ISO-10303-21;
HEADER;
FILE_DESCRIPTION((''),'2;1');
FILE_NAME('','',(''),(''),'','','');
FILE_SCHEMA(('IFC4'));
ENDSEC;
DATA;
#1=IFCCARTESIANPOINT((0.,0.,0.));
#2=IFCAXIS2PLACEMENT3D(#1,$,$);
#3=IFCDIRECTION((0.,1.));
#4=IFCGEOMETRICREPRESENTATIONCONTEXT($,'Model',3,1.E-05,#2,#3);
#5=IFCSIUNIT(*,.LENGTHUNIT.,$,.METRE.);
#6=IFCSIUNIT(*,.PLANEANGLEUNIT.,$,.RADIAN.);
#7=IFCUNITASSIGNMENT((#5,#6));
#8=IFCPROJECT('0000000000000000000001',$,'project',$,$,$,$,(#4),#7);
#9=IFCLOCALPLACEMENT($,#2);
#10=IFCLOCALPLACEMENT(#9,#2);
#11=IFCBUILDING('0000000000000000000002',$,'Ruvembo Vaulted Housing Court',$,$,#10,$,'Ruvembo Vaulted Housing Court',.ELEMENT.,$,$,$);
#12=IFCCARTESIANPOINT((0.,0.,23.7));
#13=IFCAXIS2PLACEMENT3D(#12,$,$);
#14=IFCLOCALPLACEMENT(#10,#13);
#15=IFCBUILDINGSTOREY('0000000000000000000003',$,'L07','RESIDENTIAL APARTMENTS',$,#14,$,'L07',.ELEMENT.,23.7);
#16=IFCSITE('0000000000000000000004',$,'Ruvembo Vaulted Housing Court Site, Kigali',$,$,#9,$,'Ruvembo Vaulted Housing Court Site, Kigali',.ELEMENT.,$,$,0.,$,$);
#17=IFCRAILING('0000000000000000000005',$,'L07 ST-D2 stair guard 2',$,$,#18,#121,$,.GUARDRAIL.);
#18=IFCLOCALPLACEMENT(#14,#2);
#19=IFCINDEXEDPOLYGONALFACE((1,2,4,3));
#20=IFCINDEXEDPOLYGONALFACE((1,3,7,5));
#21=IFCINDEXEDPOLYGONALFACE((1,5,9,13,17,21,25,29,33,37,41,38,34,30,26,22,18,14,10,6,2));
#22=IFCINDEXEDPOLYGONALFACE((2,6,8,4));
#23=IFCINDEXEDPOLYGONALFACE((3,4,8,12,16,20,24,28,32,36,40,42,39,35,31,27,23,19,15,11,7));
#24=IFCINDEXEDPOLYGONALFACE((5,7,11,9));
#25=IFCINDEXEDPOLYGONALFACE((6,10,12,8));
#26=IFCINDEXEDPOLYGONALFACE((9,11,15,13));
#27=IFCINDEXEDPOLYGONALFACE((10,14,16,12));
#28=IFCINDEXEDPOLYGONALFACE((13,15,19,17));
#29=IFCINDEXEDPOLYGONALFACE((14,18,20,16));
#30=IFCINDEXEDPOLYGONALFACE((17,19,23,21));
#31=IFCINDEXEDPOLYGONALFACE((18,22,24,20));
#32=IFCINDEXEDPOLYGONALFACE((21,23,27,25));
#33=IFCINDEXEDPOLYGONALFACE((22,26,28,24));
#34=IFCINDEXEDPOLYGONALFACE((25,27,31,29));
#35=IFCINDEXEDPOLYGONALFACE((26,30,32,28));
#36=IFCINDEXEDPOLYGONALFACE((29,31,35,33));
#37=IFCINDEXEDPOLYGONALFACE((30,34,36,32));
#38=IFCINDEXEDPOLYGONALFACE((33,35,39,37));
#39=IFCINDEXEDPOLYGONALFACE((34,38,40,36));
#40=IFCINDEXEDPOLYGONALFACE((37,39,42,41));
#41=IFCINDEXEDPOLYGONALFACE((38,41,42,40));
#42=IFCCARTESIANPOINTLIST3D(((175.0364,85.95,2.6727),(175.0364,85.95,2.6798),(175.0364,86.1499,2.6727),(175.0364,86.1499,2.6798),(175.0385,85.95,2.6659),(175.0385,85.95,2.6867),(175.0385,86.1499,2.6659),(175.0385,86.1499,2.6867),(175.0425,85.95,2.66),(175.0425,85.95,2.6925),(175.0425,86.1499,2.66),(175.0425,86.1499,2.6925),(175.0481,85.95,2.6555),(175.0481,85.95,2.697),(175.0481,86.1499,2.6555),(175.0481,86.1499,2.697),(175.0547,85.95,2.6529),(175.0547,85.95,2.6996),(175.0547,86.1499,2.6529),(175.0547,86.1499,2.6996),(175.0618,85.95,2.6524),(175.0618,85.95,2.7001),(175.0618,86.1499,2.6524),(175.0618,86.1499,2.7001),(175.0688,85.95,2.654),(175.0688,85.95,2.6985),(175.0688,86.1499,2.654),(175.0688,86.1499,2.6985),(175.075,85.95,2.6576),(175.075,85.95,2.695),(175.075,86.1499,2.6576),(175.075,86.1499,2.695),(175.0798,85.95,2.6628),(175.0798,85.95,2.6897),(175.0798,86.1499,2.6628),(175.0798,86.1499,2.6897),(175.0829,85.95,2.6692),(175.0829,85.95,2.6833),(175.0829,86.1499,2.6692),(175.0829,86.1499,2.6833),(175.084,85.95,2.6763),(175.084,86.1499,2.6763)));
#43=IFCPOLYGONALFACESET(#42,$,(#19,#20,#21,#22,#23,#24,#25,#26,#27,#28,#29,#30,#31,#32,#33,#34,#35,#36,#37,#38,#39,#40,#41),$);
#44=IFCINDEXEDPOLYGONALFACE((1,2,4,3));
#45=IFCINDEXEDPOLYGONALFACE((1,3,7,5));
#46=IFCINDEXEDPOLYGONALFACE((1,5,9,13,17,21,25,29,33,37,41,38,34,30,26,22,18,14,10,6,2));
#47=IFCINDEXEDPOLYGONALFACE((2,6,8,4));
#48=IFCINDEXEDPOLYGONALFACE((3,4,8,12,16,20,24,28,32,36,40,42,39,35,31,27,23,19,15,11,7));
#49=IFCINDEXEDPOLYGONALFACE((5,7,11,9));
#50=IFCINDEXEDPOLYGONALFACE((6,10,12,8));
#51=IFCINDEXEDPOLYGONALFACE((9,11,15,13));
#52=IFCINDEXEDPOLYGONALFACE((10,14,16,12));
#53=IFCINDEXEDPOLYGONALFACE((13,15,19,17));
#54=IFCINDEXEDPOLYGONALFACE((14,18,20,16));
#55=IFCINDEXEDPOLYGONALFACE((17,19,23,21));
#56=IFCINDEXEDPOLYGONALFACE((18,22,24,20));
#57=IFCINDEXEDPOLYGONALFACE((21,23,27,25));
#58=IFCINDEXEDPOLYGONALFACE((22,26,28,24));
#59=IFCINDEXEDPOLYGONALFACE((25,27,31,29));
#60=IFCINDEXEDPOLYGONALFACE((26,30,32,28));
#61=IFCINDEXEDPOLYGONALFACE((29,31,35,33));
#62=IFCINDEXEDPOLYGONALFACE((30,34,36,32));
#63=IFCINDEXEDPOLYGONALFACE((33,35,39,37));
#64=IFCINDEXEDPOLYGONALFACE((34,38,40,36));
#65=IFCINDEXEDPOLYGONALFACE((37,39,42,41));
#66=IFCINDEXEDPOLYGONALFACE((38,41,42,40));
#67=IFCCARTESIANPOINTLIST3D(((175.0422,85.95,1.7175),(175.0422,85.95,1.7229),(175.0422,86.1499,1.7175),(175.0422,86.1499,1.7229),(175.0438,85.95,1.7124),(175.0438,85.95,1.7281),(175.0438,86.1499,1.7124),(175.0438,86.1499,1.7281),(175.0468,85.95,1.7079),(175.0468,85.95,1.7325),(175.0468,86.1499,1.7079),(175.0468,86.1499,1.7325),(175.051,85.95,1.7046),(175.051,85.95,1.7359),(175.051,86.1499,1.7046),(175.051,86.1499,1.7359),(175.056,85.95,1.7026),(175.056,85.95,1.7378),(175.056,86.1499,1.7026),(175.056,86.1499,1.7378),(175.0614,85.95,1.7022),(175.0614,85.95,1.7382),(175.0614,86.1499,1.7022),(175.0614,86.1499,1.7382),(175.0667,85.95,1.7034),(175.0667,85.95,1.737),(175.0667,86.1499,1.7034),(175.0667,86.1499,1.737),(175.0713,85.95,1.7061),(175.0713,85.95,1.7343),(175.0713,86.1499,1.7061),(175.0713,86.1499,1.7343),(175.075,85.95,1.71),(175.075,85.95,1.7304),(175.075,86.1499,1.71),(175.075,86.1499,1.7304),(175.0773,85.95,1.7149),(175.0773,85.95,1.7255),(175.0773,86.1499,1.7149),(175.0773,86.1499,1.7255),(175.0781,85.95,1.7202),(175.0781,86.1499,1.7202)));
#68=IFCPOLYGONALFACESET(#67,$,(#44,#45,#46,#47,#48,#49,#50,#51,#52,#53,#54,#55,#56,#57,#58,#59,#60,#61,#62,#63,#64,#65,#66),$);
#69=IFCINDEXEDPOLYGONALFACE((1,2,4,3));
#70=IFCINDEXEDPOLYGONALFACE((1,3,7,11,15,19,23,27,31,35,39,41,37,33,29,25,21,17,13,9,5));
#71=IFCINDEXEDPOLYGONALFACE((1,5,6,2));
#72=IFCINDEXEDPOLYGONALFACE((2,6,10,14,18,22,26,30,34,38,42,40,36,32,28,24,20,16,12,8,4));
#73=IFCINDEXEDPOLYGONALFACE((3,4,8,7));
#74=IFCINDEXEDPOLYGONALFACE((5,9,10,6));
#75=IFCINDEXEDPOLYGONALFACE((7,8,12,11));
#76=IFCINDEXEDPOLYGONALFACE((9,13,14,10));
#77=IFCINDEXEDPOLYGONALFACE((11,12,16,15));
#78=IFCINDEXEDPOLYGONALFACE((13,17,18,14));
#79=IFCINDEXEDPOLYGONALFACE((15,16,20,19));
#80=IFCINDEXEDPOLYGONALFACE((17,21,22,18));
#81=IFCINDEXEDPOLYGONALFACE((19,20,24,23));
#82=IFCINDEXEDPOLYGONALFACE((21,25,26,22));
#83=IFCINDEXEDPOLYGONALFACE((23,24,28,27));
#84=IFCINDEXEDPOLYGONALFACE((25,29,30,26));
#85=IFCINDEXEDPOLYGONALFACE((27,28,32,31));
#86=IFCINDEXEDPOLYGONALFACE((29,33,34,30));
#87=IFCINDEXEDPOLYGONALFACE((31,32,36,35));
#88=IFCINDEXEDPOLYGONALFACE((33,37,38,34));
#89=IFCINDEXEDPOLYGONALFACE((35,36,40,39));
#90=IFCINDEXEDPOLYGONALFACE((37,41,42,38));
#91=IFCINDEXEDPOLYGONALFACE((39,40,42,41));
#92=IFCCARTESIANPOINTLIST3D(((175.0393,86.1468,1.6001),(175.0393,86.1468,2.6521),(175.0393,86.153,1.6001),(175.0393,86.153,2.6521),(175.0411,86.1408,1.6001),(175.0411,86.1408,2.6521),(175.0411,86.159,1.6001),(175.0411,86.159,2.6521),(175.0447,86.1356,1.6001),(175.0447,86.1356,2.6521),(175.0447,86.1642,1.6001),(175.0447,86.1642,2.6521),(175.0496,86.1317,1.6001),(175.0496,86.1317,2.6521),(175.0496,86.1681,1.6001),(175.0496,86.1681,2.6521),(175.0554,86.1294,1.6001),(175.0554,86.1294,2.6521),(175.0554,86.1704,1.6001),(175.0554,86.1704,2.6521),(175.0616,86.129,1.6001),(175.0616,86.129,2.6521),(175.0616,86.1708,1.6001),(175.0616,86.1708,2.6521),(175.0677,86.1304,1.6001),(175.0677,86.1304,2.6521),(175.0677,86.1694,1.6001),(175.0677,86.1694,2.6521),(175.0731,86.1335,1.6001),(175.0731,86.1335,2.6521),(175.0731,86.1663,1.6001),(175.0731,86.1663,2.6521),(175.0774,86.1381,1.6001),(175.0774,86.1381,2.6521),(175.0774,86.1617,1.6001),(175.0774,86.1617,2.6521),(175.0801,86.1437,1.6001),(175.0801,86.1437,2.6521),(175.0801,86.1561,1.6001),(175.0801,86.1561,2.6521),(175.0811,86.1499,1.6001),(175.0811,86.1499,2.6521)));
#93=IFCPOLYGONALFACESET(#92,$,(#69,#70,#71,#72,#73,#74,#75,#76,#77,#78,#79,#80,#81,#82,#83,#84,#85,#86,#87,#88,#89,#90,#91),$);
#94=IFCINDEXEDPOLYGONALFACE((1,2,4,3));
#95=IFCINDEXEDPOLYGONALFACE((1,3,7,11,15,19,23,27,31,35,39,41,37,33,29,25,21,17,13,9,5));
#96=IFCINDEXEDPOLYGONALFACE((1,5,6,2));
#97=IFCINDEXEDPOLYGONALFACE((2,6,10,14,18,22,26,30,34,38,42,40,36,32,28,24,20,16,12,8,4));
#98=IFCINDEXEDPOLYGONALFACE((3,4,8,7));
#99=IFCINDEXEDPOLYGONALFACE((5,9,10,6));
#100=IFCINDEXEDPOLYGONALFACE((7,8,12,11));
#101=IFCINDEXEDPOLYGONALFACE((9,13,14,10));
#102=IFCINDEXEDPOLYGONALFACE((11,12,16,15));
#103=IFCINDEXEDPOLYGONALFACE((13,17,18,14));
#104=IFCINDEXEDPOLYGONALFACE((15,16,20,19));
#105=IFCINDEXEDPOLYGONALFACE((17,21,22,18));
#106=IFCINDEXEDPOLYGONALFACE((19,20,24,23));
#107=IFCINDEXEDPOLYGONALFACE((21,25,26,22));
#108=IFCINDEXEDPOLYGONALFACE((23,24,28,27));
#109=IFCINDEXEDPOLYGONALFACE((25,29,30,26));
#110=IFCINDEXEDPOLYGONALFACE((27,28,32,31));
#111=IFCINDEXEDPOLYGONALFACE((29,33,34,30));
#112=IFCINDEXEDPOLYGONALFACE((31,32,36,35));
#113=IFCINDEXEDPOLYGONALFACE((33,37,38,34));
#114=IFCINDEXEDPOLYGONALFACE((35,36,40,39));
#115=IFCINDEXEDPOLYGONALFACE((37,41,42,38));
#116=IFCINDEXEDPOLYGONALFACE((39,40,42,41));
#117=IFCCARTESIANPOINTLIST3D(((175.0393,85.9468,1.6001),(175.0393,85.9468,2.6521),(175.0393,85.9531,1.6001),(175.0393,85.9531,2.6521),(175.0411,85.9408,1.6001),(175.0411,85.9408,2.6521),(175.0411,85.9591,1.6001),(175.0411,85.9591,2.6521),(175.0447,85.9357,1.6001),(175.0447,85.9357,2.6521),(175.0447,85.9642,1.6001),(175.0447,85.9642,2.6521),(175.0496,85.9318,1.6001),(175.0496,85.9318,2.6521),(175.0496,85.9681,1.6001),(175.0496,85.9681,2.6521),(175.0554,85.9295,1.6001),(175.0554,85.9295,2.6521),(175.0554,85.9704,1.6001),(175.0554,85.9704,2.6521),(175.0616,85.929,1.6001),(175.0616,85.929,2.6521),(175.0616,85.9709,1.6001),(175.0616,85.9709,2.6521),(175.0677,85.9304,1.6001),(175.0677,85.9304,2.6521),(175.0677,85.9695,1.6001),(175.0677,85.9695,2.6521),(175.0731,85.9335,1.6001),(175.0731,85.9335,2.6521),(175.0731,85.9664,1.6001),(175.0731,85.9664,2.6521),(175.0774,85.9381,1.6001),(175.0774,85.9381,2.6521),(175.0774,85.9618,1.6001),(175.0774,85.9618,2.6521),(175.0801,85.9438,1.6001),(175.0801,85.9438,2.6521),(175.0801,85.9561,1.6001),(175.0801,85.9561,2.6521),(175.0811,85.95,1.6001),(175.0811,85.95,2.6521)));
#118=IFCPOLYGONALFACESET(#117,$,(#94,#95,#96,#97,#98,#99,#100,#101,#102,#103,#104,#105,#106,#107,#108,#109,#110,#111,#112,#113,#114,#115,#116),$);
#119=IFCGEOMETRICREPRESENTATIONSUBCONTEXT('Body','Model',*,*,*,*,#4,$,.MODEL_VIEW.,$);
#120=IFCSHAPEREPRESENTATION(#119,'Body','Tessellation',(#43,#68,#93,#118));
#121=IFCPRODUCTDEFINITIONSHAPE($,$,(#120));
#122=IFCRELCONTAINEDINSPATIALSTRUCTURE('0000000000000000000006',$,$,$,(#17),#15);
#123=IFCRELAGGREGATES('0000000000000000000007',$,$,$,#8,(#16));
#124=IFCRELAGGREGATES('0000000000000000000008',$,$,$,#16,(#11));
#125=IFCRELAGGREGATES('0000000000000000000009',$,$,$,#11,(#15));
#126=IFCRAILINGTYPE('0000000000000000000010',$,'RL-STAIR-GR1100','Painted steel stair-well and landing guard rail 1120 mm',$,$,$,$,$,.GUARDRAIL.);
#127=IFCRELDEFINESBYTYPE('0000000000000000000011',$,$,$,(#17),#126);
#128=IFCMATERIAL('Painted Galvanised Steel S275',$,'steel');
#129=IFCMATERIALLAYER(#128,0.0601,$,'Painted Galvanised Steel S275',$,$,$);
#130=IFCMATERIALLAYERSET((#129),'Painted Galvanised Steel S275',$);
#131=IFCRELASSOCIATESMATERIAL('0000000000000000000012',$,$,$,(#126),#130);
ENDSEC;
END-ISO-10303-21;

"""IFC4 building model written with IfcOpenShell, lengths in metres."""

from ifc_helpers import new_model, si_unit, direction, frame, origin, origin_2d, place, context, subcontext, project, spatial, circle, extrude, material, layer, layer_set, type_object, element, save


model = new_model("IFC4")

# Units and contexts
model_context = context("Model", 3, precision=1e-05, world=origin(), true_north=direction((0.0, 1.0)))
body_context = subcontext(model_context, "Body", "Model", "MODEL_VIEW")
ifc_project = project(units=[si_unit("LENGTHUNIT", "METRE"), si_unit("PLANEANGLEUNIT", "RADIAN")], contexts=[model_context])

# Site, building, storey
site_placement = place(None, origin())
site = spatial("IfcSite", under=ifc_project, at=site_placement, Name="Ruvembo Vaulted Housing Court Site, Kigali", LongName="Ruvembo Vaulted Housing Court Site, Kigali", CompositionType="ELEMENT", RefElevation=0.0)
building_placement = place(site_placement, origin())
building = spatial("IfcBuilding", under=site, at=building_placement, Name="Ruvembo Vaulted Housing Court", LongName="Ruvembo Vaulted Housing Court", CompositionType="ELEMENT")
storey_placement = place(building_placement, frame((0.0, 0.0, 23.7)))
storey = spatial("IfcBuildingStorey", under=building, at=storey_placement, Name="L07", Description="RESIDENTIAL APARTMENTS", LongName="L07", CompositionType="ELEMENT", Elevation=23.7)

# Railing
ifc_material_1 = material(Name="Painted Galvanised Steel S275", Category="steel")
ifc_layer_1 = layer(ifc_material_1, 0.0601, Name="Painted Galvanised Steel S275")
ifc_layer_set_1 = layer_set([ifc_layer_1], Name="Painted Galvanised Steel S275")
railing_type = type_object("IfcRailingType", Name="RL-STAIR-GR1100", Description="Painted steel stair-well and landing guard rail 1120 mm", PredefinedType="GUARDRAIL", material=ifc_layer_set_1)
railing_1_placement = place(storey_placement, frame((175.0601, 86.1499, 1.6001)))
element("IfcRailing", 1, at=railing_1_placement, inside=storey, type_object=railing_type, Name="L07 ST-D2 stair guard 2", PredefinedType="GUARDRAIL", context=body_context, shape_type="SweptSolid", body=[
    extrude(circle(Radius=0.0239, at=origin_2d()), frame((0.0, 0.0, 1.0762), z_axis=(0.0, -1.0, 0.0), x_axis=(1.0, 0.0, 0.0)), (0.0, 0.0, 1.0), 0.2),
    extrude(circle(Radius=0.0181, at=origin_2d()), frame((0.0, 0.0, 0.1201), z_axis=(0.0, -1.0, 0.0), x_axis=(1.0, 0.0, 0.0)), (0.0, 0.0, 1.0), 0.2),
    extrude(circle(Radius=0.021, at=origin_2d()), origin(), (0.0, 0.0, 1.0), 1.052),
    extrude(circle(Radius=0.021, at=origin_2d()), frame((0.0, -0.2, 0.0)), (0.0, 0.0, 1.0), 1.052),
])

save(model, "model.ifc")
